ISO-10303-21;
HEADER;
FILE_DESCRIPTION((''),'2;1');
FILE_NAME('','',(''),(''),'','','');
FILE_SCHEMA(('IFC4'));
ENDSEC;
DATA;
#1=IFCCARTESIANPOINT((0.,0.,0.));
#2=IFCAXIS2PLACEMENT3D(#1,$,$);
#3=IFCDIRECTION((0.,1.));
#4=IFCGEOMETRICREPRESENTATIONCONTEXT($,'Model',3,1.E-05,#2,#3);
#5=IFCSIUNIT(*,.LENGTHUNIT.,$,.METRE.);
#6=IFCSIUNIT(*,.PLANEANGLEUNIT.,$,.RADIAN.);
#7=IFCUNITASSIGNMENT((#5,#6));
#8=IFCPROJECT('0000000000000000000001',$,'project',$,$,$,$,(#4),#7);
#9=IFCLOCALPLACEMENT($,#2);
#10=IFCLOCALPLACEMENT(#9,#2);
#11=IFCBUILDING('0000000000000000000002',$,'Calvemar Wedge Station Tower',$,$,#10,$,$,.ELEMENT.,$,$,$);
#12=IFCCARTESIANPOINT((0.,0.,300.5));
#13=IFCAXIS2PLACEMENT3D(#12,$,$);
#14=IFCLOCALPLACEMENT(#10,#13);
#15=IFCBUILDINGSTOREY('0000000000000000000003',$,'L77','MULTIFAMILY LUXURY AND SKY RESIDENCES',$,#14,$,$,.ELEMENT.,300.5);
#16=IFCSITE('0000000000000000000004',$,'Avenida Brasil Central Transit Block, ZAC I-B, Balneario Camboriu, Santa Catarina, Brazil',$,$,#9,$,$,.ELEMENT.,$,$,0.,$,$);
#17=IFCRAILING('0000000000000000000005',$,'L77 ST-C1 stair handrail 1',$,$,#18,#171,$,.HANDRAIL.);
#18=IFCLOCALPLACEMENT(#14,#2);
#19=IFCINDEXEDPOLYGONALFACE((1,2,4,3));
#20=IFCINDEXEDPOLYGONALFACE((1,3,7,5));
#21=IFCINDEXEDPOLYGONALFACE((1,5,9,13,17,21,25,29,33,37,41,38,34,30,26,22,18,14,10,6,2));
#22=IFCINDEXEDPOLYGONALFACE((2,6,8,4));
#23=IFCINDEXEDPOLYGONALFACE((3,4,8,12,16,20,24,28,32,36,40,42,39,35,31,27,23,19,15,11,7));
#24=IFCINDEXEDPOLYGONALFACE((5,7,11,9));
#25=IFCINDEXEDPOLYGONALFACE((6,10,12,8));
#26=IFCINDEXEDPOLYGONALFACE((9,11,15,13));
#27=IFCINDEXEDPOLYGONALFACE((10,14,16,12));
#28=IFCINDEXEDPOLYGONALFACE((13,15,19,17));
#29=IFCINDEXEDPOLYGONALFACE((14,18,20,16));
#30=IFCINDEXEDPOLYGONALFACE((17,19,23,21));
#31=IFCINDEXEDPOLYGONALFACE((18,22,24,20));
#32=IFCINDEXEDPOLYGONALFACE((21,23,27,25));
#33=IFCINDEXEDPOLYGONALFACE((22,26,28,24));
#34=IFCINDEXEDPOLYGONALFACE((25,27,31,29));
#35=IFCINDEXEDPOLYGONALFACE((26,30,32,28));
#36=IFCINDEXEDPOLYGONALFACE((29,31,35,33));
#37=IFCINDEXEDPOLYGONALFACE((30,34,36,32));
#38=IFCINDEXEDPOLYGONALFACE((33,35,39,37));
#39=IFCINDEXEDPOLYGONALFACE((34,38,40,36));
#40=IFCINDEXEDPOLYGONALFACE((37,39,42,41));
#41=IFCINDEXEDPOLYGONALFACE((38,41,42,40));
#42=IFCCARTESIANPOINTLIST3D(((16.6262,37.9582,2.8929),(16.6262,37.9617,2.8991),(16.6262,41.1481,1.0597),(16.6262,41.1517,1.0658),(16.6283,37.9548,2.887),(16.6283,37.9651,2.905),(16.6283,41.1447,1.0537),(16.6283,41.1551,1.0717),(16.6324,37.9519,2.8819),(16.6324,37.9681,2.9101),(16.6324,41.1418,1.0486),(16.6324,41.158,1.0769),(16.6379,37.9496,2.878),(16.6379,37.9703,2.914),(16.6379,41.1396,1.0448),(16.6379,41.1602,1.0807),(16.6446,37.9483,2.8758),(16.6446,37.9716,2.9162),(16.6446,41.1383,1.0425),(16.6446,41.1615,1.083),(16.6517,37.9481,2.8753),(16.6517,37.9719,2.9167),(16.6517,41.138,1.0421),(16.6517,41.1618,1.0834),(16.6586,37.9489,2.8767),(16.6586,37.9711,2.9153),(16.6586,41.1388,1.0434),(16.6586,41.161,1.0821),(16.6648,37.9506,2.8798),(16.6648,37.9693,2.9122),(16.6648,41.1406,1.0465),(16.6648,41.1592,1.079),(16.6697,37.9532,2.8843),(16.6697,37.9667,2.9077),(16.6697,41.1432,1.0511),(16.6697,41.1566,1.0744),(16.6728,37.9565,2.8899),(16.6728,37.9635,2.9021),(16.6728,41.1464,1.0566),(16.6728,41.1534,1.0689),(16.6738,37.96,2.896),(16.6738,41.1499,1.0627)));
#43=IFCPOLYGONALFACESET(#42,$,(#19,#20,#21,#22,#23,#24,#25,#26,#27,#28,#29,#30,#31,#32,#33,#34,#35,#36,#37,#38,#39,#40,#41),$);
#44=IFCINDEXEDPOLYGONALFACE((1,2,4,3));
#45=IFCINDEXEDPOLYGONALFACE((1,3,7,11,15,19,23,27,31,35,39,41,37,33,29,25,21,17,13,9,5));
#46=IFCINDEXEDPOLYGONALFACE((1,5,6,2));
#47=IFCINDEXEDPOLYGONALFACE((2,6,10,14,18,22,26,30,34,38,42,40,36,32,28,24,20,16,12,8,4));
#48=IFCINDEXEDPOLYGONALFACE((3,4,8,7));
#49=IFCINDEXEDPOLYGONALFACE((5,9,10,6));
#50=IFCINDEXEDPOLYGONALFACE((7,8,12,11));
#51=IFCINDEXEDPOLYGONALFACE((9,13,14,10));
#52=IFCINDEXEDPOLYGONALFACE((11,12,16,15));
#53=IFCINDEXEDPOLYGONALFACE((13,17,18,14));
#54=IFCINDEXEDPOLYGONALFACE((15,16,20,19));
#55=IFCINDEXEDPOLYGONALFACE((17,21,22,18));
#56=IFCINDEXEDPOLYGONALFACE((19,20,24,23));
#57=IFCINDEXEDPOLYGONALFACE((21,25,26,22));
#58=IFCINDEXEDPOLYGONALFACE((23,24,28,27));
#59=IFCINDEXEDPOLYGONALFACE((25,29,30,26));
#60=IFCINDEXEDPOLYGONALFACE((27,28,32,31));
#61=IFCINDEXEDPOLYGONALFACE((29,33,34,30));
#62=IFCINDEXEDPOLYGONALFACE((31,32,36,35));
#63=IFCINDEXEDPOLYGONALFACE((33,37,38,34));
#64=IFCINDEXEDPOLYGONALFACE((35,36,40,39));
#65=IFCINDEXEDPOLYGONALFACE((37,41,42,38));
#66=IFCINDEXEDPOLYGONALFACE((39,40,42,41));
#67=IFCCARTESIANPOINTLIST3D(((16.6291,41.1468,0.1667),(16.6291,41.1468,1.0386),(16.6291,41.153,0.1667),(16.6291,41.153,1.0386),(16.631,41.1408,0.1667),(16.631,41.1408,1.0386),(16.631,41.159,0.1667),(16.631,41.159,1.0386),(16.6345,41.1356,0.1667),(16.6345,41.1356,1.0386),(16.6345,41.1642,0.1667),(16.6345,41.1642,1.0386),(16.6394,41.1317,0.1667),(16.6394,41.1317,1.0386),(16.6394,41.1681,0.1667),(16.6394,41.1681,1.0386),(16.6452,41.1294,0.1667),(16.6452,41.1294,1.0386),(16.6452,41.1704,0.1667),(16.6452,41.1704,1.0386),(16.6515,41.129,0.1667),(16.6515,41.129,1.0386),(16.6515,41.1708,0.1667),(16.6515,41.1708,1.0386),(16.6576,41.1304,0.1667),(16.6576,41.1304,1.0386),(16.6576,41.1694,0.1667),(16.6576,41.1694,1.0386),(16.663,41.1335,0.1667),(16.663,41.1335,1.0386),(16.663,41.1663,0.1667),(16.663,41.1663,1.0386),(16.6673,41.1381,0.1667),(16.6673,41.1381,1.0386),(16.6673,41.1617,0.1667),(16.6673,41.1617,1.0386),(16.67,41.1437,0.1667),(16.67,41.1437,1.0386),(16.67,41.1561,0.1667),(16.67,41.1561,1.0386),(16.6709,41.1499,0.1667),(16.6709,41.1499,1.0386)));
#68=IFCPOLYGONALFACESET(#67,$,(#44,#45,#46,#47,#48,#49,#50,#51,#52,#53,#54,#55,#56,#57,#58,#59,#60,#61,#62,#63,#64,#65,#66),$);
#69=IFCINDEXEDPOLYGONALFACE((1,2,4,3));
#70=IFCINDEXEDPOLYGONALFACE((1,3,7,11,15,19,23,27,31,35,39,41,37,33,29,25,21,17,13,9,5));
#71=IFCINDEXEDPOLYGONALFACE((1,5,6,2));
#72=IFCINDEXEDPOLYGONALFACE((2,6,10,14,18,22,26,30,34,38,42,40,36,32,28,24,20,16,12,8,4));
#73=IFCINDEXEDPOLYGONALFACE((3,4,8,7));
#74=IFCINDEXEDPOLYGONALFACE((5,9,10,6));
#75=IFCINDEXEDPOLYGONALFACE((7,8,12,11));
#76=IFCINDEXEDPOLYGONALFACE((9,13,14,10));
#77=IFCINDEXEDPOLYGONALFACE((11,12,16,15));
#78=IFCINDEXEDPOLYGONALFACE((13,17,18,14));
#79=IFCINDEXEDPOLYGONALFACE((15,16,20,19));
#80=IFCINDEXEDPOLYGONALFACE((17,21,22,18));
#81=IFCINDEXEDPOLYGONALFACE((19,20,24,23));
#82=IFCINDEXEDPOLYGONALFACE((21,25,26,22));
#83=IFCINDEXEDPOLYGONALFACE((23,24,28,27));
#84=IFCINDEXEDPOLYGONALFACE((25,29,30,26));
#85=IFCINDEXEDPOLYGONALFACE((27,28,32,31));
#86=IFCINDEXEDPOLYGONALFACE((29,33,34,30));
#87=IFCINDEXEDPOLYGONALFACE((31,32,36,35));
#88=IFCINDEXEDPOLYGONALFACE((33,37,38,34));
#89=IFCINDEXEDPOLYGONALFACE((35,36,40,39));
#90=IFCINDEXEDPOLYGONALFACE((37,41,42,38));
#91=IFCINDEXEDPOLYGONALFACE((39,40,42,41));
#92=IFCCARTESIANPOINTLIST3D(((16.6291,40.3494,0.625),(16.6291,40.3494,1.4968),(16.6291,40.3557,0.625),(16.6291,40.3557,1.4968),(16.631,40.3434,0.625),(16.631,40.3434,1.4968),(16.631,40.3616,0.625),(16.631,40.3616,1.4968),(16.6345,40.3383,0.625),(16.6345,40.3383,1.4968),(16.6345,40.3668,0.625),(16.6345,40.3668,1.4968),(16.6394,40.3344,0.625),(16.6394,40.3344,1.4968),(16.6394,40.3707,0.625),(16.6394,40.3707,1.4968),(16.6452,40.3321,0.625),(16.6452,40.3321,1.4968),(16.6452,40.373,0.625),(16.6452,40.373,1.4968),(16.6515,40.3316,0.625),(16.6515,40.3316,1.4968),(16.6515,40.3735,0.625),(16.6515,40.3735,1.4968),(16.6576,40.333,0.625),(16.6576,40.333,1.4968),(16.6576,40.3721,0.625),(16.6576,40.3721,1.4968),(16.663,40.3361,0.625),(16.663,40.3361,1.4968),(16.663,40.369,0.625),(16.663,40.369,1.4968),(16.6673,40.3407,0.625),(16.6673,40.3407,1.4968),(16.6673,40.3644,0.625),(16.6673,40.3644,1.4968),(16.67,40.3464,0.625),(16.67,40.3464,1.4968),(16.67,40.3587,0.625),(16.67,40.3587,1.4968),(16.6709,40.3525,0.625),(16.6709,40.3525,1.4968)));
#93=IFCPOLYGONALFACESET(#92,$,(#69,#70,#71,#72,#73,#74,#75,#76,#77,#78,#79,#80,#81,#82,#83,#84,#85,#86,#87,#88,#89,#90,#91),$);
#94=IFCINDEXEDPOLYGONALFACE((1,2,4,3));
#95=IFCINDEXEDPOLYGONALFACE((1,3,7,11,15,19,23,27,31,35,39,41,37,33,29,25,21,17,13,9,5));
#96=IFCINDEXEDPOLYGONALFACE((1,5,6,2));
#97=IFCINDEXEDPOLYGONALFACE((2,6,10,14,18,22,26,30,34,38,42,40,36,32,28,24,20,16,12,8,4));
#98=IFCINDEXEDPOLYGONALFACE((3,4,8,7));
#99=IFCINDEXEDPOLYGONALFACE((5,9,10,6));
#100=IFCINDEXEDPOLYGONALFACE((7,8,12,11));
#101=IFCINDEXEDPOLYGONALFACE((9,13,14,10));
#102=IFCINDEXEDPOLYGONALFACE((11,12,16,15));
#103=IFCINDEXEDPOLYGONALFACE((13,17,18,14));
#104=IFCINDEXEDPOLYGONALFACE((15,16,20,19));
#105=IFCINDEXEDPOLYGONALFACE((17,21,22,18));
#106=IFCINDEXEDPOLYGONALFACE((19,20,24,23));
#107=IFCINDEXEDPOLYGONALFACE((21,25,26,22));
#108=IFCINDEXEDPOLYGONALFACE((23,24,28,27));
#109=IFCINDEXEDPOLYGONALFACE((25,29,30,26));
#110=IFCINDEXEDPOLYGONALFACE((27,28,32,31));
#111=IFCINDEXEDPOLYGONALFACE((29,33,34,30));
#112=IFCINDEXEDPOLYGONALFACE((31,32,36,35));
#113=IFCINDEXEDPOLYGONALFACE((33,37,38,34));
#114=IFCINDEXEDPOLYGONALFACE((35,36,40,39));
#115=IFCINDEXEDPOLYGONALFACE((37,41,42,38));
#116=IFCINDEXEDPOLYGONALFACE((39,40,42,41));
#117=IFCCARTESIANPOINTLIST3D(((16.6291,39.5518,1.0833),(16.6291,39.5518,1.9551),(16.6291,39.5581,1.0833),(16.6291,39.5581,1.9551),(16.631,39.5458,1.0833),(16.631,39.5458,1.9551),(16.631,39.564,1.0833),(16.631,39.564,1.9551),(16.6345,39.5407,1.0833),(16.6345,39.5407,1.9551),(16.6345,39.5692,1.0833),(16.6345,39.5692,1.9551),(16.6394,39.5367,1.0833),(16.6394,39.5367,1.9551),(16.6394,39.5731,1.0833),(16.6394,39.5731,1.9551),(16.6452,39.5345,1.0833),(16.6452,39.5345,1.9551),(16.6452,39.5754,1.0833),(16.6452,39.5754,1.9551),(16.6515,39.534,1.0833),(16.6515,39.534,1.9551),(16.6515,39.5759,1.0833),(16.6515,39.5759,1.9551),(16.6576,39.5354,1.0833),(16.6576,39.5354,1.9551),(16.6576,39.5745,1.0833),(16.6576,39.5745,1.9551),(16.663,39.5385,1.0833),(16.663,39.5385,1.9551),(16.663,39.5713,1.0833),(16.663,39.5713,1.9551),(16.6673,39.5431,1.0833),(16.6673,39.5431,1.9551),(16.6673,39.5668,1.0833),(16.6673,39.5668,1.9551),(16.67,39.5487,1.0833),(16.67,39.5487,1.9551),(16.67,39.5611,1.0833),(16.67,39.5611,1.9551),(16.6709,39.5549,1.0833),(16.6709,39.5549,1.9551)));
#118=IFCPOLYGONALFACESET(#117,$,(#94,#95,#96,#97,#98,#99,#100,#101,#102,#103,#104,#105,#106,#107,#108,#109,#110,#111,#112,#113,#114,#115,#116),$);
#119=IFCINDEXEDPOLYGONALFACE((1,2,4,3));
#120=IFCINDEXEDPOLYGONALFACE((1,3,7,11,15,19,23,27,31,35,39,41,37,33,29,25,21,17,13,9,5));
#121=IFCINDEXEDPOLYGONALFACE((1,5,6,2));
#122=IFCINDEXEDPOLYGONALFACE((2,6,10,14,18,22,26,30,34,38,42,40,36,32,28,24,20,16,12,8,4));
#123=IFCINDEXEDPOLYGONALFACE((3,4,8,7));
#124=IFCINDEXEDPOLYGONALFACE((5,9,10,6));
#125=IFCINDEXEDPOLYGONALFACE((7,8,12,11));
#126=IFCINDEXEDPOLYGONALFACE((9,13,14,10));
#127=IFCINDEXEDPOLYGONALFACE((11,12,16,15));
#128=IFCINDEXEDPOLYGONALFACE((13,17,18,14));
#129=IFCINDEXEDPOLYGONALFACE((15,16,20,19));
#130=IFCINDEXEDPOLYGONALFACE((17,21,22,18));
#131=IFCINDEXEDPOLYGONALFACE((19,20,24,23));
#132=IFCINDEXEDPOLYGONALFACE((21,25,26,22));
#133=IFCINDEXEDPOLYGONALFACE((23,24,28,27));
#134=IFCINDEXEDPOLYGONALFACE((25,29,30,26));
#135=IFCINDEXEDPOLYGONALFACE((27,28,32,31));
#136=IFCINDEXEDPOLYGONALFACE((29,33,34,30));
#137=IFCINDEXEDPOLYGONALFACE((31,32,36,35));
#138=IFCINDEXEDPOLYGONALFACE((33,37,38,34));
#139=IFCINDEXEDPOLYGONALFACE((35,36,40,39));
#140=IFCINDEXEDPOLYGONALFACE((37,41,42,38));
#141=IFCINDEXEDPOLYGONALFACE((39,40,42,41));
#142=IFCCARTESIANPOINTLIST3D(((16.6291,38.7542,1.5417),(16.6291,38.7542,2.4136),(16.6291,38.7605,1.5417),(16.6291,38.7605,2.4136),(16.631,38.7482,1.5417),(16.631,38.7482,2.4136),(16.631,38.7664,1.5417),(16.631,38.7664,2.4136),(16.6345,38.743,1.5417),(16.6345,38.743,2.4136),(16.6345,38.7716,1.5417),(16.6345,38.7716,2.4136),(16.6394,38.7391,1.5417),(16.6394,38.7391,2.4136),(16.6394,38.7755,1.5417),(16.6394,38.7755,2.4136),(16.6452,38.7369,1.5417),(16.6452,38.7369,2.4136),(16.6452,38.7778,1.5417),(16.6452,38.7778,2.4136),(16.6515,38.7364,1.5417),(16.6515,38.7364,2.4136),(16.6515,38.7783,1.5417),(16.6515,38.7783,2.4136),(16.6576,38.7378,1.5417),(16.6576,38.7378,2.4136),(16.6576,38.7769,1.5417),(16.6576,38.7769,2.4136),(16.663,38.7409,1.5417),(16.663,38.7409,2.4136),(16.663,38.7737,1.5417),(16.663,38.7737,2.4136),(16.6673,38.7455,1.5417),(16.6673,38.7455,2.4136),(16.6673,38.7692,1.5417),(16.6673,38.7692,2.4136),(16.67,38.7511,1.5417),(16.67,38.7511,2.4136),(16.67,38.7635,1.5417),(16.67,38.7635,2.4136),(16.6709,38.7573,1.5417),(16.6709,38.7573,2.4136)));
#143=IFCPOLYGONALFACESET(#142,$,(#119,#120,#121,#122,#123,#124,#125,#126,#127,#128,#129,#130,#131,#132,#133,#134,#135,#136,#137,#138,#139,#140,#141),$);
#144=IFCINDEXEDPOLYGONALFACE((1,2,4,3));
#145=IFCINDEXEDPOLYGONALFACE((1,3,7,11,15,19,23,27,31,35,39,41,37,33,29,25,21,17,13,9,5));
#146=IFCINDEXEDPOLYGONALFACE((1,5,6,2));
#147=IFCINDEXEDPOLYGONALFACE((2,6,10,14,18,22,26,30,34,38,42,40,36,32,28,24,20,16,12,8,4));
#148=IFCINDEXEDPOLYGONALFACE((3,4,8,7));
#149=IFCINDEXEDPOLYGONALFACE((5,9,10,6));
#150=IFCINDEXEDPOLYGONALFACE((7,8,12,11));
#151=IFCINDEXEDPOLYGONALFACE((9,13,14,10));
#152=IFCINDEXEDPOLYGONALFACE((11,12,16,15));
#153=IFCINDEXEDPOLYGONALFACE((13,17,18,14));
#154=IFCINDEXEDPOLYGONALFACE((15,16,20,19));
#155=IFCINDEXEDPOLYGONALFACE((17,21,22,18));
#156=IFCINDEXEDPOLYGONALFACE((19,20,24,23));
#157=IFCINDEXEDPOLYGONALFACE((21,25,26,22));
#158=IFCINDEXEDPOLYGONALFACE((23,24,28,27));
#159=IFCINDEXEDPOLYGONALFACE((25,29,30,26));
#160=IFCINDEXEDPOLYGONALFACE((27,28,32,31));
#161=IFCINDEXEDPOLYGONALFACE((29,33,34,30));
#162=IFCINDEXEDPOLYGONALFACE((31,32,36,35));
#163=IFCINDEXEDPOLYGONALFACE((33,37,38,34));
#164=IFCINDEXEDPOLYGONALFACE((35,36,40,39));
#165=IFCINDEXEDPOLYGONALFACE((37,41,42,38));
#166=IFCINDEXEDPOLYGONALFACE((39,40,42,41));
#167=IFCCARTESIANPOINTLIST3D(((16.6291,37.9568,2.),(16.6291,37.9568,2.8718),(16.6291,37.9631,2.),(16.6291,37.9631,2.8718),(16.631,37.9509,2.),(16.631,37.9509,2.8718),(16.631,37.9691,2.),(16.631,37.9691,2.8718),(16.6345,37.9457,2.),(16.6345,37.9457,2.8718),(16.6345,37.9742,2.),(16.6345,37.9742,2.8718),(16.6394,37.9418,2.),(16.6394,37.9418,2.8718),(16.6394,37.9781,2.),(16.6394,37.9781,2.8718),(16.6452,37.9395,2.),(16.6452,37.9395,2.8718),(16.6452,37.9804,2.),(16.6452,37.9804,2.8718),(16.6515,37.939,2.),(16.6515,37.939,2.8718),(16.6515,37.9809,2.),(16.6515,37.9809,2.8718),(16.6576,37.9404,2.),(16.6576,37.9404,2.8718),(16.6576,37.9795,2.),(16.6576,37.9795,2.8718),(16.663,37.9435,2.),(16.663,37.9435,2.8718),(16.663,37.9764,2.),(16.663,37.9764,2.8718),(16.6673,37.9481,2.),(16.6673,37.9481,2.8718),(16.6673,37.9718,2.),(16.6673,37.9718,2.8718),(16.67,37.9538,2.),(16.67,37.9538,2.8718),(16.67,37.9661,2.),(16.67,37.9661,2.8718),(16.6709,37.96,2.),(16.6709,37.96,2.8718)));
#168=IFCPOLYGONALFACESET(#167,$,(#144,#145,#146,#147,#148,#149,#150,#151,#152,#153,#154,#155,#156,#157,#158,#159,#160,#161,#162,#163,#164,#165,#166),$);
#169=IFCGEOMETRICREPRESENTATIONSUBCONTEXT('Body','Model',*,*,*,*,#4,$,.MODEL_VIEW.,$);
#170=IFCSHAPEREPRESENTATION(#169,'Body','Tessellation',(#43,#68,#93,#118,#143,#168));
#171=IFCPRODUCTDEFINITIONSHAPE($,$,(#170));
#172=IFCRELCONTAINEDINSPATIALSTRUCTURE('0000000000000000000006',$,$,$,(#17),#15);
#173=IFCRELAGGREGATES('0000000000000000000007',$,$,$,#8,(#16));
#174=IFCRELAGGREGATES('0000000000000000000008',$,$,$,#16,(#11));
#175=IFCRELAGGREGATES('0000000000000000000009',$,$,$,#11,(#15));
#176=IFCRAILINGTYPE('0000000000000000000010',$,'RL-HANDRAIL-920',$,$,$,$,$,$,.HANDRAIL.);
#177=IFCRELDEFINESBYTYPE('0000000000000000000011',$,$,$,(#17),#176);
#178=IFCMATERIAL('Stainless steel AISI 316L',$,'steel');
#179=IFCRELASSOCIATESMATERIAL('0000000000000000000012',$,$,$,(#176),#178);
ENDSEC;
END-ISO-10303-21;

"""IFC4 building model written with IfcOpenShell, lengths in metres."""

from ifc_helpers import new_model, si_unit, direction, frame, origin, origin_2d, place, context, subcontext, project, spatial, circle, extrude, material, type_object, element, save


model = new_model("IFC4")

# Units and contexts
model_context = context("Model", 3, precision=1e-05, world=origin(), true_north=direction((0.0, 1.0)))
body_context = subcontext(model_context, "Body", "Model", "MODEL_VIEW")
ifc_project = project(units=[si_unit("LENGTHUNIT", "METRE"), si_unit("PLANEANGLEUNIT", "RADIAN")], contexts=[model_context])

# Site, building, storey
site_placement = place(None, origin())
site = spatial("IfcSite", under=ifc_project, at=site_placement, Name="Avenida Brasil Central Transit Block, ZAC I-B, Balneario Camboriu, Santa Catarina, Brazil", CompositionType="ELEMENT", RefElevation=0.0)
building_placement = place(site_placement, origin())
building = spatial("IfcBuilding", under=site, at=building_placement, Name="Calvemar Wedge Station Tower", CompositionType="ELEMENT")
storey_placement = place(building_placement, frame((0.0, 0.0, 300.5)))
storey = spatial("IfcBuildingStorey", under=building, at=storey_placement, Name="L77", Description="MULTIFAMILY LUXURY AND SKY RESIDENCES", CompositionType="ELEMENT", Elevation=300.5)

# Railing
ifc_material_1 = material(Name="Stainless steel AISI 316L", Category="steel")
railing_type_1 = type_object("IfcRailingType", Name="RL-HANDRAIL-920", PredefinedType="HANDRAIL", material=ifc_material_1)
railing_1_placement = place(storey_placement, frame((16.6499, 41.1499, 0.1667)))
element("IfcRailing", 1, at=railing_1_placement, inside=storey, type_object=railing_type_1, Name="L77 ST-C1 stair handrail 1", PredefinedType="HANDRAIL", context=body_context, shape_type="SweptSolid", body=[
    extrude(circle(Radius=0.0239, at=origin_2d()), frame((0.0, 0.0, 0.896), z_axis=(0.0, -0.86702, 0.498274), x_axis=(1.0, 0.0, 0.0)), (0.0, 0.0, 1.0), 3.6792),
    extrude(circle(Radius=0.021, at=origin_2d()), origin(), (0.0, 0.0, 1.0), 0.8718),
    extrude(circle(Radius=0.021, at=origin_2d()), frame((0.0, -0.7974, 0.4583)), (0.0, 0.0, 1.0), 0.8718),
    extrude(circle(Radius=0.021, at=origin_2d()), frame((0.0, -1.595, 0.9165)), (0.0, 0.0, 1.0), 0.8718),
    extrude(circle(Radius=0.021, at=origin_2d()), frame((0.0, -2.3926, 1.375)), (0.0, 0.0, 1.0), 0.8718),
    extrude(circle(Radius=0.021, at=origin_2d()), frame((0.0, -3.1899, 1.8333)), (0.0, 0.0, 1.0), 0.8718),
])

save(model, "model.ifc")
